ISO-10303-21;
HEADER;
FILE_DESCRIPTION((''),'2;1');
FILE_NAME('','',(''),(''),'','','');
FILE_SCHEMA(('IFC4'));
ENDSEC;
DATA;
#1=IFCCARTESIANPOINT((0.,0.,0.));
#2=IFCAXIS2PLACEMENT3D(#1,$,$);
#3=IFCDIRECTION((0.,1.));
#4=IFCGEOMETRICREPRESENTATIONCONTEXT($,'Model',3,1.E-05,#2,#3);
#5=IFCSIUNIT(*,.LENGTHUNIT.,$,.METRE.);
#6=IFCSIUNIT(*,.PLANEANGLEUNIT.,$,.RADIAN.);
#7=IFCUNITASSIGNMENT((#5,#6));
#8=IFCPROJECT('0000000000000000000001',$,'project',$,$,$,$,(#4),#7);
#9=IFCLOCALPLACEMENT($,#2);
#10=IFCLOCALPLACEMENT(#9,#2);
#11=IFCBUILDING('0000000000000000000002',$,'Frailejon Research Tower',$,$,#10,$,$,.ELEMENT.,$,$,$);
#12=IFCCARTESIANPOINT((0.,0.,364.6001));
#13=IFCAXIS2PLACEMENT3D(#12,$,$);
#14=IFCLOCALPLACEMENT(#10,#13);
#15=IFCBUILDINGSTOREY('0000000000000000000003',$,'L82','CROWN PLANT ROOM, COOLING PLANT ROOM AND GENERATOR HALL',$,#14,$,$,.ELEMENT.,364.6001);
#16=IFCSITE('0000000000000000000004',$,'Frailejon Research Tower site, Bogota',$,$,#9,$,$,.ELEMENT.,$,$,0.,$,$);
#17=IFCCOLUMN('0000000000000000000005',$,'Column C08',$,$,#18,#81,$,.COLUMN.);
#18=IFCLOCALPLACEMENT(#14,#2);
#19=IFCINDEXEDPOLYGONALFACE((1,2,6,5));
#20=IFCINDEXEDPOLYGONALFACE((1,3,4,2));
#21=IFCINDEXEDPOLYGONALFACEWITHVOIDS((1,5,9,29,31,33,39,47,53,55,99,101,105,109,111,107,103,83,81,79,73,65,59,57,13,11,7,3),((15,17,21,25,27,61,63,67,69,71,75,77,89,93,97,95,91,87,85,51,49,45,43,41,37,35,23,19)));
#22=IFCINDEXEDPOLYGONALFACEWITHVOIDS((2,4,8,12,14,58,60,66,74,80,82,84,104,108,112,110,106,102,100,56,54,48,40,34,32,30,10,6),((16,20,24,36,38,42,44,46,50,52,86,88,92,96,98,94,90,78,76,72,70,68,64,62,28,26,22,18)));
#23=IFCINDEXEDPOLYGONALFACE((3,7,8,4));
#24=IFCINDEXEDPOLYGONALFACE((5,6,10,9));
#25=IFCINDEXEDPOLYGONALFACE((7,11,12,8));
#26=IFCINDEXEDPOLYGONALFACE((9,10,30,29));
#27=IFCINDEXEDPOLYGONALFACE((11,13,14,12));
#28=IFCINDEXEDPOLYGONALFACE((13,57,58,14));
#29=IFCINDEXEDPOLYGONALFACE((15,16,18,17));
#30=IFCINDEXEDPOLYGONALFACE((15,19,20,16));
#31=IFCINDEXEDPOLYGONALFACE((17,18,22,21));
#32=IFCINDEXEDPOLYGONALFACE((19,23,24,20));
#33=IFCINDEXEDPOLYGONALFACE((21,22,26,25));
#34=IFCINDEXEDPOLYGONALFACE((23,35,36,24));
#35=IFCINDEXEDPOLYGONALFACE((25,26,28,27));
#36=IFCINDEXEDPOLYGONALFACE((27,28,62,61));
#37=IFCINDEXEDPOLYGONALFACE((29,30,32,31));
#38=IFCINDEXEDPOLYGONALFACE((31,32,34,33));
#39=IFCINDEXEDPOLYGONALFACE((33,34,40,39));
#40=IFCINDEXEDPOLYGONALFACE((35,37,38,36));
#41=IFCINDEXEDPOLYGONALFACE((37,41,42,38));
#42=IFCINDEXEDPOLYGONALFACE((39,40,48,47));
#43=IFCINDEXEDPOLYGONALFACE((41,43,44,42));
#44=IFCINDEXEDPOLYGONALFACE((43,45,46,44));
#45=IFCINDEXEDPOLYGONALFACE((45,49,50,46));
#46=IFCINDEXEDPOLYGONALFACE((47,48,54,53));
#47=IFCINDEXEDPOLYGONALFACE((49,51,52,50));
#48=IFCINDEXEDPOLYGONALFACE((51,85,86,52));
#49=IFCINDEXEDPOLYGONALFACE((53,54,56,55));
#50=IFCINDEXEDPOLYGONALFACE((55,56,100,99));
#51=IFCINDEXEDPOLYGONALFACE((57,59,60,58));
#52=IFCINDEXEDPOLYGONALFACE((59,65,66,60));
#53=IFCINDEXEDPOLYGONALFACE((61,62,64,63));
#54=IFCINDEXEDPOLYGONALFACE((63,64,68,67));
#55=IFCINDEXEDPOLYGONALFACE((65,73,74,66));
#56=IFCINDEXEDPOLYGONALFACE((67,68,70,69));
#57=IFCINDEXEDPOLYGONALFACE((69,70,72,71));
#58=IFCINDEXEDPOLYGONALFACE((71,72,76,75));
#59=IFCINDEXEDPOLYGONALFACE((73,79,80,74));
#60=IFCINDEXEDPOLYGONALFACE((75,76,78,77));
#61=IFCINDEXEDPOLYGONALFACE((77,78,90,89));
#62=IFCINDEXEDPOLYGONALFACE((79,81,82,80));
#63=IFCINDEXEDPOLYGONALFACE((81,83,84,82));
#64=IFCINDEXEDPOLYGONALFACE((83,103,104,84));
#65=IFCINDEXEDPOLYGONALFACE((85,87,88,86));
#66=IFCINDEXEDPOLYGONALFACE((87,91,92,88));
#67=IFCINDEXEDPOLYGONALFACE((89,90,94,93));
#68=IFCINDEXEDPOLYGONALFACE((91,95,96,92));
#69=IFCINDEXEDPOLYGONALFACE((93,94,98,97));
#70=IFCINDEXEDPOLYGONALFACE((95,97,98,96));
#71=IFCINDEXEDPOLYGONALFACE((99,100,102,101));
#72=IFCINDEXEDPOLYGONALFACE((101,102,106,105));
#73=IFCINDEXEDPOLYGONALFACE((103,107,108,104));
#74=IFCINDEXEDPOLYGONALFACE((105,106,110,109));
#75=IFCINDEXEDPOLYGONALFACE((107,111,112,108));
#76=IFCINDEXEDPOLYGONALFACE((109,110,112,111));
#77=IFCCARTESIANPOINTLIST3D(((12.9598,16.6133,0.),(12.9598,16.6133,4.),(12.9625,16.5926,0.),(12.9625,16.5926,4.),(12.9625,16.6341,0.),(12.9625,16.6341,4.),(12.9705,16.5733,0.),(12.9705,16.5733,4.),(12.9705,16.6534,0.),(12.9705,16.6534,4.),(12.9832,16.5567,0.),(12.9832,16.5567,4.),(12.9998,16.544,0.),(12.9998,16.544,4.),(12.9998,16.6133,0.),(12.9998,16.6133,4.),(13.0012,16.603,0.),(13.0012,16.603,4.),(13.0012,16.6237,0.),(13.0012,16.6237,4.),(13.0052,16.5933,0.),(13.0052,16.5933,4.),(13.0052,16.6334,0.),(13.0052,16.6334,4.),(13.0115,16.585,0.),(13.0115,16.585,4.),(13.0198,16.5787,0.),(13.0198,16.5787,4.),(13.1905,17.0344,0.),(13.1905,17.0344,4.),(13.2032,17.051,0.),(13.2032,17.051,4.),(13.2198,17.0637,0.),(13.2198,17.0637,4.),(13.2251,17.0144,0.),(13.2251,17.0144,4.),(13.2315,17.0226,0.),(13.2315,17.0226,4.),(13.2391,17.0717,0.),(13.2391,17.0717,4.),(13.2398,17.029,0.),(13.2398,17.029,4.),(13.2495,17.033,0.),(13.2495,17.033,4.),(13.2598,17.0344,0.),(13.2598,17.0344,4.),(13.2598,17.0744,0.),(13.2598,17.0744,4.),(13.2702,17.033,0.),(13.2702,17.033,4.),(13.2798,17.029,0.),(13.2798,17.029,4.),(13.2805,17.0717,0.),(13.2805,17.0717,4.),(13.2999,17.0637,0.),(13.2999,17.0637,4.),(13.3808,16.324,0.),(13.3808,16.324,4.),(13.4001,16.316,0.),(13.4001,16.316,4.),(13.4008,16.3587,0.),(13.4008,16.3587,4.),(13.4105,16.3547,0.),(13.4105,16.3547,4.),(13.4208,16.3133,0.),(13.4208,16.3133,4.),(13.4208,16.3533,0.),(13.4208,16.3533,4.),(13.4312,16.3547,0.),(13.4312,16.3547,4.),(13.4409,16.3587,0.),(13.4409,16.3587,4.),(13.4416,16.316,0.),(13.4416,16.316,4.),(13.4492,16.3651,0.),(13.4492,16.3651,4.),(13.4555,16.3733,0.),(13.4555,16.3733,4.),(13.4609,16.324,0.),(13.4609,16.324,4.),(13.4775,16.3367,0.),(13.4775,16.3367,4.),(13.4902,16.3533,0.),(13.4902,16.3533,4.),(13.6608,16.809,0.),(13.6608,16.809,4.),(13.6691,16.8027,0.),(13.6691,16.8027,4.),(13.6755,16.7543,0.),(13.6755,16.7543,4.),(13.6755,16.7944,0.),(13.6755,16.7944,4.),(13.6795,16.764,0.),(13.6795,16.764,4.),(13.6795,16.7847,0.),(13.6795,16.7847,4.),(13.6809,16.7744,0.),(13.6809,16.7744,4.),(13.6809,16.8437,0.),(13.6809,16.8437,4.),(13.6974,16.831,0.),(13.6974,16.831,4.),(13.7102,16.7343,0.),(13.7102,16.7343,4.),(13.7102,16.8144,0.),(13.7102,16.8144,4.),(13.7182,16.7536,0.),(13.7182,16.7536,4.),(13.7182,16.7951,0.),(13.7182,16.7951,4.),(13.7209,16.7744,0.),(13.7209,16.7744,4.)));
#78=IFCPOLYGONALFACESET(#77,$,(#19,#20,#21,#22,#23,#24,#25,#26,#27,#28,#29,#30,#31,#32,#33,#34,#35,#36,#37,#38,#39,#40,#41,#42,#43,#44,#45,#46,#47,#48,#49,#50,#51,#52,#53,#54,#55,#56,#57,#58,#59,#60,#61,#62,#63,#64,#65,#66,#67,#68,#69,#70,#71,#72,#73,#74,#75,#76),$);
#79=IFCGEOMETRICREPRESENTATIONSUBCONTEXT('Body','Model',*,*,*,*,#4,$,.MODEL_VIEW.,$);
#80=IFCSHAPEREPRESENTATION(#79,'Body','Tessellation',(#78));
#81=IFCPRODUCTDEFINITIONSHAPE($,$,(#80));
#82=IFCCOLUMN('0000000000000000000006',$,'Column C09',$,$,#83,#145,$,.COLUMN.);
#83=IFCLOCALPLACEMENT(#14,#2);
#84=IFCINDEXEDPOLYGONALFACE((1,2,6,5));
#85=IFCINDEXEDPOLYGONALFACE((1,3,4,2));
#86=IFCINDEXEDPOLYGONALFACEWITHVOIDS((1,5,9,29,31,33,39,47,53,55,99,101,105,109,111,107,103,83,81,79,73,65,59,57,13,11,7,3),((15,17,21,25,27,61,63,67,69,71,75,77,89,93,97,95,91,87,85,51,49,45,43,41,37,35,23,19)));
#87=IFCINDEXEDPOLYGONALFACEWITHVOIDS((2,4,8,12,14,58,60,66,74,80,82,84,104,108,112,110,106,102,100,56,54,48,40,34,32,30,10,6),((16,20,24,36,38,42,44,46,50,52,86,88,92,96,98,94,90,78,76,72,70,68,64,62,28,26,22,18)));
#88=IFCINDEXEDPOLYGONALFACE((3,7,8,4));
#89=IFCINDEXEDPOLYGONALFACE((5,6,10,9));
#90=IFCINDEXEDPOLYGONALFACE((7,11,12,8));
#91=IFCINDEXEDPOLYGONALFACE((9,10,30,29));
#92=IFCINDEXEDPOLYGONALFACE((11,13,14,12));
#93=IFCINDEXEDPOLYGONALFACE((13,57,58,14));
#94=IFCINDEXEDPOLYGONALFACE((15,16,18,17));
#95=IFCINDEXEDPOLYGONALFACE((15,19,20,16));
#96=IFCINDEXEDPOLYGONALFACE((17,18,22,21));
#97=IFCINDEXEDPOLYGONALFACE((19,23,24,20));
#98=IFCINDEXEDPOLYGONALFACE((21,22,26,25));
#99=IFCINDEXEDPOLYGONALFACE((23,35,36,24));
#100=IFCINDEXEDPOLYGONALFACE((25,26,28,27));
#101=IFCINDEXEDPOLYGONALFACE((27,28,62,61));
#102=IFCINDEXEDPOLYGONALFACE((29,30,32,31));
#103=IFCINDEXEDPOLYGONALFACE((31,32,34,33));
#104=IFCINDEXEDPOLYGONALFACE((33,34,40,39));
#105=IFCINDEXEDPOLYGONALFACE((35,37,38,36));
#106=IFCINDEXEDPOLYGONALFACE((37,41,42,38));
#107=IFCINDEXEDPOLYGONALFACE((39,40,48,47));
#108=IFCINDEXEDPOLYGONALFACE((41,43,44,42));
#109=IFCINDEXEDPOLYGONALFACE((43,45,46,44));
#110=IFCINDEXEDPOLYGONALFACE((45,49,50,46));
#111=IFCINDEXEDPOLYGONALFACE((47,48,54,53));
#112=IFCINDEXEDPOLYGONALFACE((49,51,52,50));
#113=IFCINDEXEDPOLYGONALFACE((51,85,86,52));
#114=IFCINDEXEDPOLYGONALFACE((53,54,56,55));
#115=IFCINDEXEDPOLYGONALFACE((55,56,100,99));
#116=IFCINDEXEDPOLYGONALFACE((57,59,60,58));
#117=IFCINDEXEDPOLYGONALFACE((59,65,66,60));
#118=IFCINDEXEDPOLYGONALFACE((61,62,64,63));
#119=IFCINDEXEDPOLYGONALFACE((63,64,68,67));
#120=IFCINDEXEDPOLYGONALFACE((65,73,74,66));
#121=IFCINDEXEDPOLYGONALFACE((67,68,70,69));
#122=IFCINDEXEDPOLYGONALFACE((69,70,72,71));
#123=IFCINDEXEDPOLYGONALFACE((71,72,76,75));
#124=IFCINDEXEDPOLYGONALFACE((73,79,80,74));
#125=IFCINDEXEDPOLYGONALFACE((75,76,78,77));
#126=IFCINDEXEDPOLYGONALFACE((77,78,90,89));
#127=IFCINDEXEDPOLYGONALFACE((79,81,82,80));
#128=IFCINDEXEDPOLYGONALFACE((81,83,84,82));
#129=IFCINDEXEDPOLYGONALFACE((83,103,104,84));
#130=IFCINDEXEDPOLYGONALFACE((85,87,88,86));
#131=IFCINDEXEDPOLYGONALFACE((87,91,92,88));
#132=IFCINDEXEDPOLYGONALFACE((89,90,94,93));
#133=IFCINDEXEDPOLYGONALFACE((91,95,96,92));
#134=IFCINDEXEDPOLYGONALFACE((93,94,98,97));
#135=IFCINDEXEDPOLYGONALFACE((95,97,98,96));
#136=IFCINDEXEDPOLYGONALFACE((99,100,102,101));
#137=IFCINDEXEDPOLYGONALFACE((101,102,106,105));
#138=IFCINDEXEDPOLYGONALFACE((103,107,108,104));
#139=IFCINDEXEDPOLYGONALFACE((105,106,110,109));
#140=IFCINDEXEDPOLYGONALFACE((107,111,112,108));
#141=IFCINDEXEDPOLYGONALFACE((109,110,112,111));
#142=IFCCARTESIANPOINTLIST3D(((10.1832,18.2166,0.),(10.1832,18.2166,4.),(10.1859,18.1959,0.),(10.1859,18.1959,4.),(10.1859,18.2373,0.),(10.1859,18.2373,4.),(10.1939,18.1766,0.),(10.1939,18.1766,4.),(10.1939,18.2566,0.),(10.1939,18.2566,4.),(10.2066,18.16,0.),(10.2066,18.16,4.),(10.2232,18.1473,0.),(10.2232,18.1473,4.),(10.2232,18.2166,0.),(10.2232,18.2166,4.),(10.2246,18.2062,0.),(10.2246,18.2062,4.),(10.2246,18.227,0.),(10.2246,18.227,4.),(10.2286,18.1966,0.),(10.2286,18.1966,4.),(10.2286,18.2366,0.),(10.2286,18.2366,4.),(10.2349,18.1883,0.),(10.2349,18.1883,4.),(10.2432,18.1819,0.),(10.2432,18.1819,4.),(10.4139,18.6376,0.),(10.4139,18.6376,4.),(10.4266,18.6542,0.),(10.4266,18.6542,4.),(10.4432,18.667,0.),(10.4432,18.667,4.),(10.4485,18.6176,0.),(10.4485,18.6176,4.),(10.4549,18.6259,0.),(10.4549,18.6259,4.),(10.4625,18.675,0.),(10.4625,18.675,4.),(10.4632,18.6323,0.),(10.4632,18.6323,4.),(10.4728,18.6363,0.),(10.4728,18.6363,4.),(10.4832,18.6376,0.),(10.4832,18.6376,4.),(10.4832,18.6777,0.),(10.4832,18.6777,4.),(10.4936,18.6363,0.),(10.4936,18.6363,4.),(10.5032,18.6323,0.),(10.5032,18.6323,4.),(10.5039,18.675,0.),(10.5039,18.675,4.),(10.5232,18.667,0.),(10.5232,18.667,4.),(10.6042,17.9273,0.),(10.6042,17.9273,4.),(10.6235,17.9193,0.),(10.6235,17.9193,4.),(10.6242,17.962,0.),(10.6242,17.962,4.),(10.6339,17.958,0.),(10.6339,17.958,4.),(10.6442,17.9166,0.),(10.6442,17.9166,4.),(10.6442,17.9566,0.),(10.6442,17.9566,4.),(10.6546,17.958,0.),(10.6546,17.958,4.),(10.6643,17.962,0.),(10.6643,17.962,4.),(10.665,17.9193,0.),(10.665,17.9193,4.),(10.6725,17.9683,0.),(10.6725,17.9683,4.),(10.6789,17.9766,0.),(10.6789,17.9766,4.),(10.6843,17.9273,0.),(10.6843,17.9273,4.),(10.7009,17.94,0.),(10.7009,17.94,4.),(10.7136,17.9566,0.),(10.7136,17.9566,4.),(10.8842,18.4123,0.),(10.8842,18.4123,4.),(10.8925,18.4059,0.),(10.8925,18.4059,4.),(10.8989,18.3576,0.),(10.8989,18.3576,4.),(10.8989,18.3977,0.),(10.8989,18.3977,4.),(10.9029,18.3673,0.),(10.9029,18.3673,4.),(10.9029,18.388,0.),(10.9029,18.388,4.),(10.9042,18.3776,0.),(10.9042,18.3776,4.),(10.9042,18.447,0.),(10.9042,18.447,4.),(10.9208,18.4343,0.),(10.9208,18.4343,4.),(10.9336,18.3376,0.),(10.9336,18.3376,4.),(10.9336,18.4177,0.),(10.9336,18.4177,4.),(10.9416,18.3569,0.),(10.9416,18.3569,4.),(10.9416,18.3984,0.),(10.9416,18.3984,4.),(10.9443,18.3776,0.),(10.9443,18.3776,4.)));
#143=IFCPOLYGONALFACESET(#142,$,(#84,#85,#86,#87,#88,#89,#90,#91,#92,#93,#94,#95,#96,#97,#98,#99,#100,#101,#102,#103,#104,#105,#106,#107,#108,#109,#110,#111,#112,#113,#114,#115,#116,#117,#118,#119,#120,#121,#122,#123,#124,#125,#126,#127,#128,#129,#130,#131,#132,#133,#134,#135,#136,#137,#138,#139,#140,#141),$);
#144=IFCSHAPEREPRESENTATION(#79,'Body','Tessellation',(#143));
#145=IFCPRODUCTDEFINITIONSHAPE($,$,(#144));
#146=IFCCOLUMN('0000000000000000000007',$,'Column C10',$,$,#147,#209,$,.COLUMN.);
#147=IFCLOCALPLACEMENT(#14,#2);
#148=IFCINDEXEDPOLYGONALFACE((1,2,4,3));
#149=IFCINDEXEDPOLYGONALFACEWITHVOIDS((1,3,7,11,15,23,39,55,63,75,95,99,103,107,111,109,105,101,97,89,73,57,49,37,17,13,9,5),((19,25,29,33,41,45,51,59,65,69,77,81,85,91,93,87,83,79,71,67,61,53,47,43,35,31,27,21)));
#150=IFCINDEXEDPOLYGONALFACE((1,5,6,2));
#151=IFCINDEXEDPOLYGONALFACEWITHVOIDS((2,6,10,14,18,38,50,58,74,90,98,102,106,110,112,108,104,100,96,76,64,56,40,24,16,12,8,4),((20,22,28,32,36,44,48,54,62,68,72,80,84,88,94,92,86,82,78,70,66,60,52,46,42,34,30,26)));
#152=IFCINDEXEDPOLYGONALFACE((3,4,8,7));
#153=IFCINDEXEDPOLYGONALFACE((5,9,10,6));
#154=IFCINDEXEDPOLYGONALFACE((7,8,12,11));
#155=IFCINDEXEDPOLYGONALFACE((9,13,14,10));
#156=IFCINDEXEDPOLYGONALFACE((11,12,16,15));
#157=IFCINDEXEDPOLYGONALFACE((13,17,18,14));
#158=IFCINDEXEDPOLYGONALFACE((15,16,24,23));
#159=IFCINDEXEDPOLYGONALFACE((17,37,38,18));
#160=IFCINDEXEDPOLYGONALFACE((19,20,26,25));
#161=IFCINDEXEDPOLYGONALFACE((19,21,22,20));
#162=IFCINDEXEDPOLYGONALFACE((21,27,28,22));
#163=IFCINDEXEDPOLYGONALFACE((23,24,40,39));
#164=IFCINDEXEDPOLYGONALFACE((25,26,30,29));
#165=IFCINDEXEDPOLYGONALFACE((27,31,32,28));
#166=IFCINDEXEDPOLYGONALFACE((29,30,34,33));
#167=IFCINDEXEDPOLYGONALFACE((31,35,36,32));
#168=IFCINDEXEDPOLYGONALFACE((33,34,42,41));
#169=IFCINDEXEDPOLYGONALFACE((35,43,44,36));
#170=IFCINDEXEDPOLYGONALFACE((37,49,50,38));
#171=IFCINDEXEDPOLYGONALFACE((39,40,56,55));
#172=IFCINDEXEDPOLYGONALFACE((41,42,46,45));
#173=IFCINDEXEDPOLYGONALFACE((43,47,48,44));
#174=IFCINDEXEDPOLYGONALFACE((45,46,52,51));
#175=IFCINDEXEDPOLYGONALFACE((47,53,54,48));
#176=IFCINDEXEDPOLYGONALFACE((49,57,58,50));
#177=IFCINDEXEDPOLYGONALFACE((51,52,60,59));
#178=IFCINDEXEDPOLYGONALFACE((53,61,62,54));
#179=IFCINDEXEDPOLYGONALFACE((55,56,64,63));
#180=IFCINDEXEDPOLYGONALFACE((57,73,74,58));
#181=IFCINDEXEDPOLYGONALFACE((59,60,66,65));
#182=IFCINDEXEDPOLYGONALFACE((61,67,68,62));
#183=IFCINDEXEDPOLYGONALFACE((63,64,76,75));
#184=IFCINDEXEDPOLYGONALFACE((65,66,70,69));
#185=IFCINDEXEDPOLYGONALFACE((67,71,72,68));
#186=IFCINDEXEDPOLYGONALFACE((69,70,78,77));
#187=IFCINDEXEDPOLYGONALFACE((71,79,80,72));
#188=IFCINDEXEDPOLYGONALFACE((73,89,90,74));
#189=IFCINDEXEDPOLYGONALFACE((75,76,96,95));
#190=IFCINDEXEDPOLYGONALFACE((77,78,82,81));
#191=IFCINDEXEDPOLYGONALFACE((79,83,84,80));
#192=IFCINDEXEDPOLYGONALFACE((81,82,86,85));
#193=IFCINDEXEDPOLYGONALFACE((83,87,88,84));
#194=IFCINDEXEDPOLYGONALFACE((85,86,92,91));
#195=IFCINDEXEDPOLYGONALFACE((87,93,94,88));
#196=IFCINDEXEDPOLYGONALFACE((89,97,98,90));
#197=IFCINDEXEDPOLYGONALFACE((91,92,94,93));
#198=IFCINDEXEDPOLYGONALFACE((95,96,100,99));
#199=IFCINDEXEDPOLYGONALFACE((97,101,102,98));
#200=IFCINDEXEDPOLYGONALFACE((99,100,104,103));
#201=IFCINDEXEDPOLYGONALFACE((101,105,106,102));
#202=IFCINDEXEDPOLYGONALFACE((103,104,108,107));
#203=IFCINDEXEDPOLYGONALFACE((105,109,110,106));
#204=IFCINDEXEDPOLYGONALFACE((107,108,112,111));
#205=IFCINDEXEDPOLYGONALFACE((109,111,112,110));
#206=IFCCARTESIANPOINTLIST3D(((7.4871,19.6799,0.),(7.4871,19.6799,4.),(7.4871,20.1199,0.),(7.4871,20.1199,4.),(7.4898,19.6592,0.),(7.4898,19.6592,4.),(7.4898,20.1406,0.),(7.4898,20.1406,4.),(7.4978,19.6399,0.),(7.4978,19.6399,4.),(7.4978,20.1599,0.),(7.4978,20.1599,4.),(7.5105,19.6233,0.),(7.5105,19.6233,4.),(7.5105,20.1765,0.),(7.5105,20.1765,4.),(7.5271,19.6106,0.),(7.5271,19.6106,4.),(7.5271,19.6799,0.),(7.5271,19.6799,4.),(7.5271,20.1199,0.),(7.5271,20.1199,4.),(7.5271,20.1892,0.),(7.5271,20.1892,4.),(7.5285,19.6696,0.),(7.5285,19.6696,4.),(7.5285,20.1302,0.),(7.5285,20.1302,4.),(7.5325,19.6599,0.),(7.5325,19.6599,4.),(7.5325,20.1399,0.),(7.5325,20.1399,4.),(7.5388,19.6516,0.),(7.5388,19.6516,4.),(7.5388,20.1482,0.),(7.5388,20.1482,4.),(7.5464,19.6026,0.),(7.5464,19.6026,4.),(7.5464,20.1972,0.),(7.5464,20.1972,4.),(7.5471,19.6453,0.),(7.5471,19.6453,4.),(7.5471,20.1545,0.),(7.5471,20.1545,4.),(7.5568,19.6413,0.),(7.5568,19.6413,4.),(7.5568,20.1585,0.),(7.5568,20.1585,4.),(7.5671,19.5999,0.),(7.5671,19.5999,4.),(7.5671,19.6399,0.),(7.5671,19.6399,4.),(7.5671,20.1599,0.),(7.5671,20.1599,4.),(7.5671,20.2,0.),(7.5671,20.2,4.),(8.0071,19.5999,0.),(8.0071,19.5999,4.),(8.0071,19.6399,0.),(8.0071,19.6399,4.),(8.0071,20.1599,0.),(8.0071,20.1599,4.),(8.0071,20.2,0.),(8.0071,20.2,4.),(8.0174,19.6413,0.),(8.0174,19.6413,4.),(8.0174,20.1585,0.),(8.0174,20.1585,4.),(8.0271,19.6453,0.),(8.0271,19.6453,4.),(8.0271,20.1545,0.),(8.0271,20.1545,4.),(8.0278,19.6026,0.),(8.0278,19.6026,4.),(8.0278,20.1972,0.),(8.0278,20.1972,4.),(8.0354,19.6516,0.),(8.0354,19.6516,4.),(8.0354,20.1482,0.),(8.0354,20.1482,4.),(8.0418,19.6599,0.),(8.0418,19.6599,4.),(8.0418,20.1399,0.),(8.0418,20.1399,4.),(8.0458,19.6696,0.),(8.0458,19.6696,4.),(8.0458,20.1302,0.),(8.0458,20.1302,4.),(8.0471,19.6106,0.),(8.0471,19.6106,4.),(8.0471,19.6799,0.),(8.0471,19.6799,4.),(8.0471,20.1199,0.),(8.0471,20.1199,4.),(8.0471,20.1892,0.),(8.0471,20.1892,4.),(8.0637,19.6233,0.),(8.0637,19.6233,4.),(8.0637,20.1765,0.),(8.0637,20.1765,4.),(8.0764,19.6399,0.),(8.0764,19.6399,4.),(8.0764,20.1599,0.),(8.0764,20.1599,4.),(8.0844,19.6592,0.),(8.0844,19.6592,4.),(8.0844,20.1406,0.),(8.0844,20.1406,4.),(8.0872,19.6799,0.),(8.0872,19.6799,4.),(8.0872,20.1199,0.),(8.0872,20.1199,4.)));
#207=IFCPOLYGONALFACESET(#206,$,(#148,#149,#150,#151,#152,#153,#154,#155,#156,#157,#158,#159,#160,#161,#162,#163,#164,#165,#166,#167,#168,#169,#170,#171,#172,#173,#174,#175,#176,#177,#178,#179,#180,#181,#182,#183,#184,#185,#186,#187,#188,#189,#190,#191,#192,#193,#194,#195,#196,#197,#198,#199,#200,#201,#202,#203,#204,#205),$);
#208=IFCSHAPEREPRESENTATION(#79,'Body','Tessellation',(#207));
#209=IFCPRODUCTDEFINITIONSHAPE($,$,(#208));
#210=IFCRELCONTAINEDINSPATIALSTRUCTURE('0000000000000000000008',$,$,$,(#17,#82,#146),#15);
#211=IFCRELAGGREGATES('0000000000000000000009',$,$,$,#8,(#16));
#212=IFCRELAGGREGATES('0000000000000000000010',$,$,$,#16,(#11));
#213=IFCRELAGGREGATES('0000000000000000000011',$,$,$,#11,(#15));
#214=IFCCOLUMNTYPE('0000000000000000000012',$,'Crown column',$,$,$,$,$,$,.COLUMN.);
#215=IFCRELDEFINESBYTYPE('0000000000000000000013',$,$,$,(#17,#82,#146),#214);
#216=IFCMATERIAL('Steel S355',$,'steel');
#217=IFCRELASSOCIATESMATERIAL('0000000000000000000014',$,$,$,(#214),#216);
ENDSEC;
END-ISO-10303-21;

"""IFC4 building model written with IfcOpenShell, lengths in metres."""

from ifc_helpers import new_model, si_unit, direction, frame, origin, origin_2d, place, context, subcontext, project, spatial, hollow_rectangle, extrude, material, material_profile, profile_set, type_object, element, save


model = new_model("IFC4")

# Units and contexts
model_context = context("Model", 3, precision=1e-05, world=origin(), true_north=direction((0.0, 1.0)))
body_context = subcontext(model_context, "Body", "Model", "MODEL_VIEW")
ifc_project = project(units=[si_unit("LENGTHUNIT", "METRE"), si_unit("PLANEANGLEUNIT", "RADIAN")], contexts=[model_context])

# Site, building, storey
site_placement = place(None, origin())
site = spatial("IfcSite", under=ifc_project, at=site_placement, Name="Frailejon Research Tower site, Bogota", CompositionType="ELEMENT", RefElevation=0.0)
building_placement = place(site_placement, origin())
building = spatial("IfcBuilding", under=site, at=building_placement, Name="Frailejon Research Tower", CompositionType="ELEMENT")
storey_placement = place(building_placement, frame((0.0, 0.0, 364.6001)))
storey = spatial("IfcBuildingStorey", under=building, at=storey_placement, Name="L82", Description="CROWN PLANT ROOM, COOLING PLANT ROOM AND GENERATOR HALL", CompositionType="ELEMENT", Elevation=364.6001)

# Columns
ifc_material_1 = material(Name="Steel S355", Category="steel")
ifc_material_profile_1 = material_profile(ifc_material_1, hollow_rectangle(XDim=0.6001, YDim=0.6001, WallThickness=0.04, InnerFilletRadius=0.04, OuterFilletRadius=0.0801, at=origin_2d()), Name="Crown column")
ifc_profile_set_1 = profile_set([ifc_material_profile_1], Name="Steel S355")
column_type = type_object("IfcColumnType", Name="Crown column", PredefinedType="COLUMN", material=ifc_profile_set_1)
for number, where, z_axis, x_axis, name in (
    (1, (13.3403, 16.6938, 0.0), (0.0, 0.0, 1.0), (-0.866025, 0.5, 0.0), "Column C08"),
    (2, (10.5637, 18.2971, 0.0), (0.0, 0.0, 1.0), (-0.866025, 0.5, 0.0), "Column C09"),
    (3, (7.7871, 19.8999, 0.0), (0.0, 0.0, 1.0), (-1.0, 0.0, 0.0), "Column C10"),
):
    element("IfcColumn", number, at=place(storey_placement, frame(where, z_axis=z_axis, x_axis=x_axis)), inside=storey, type_object=column_type, Name=name, PredefinedType="COLUMN", context=body_context, shape_type="SweptSolid", body=[
        extrude(hollow_rectangle(XDim=0.6001, YDim=0.6001, WallThickness=0.04, InnerFilletRadius=0.04, OuterFilletRadius=0.0801, at=origin_2d()), origin(), (0.0, 0.0, 1.0), 4.0),
    ])

save(model, "model.ifc")
